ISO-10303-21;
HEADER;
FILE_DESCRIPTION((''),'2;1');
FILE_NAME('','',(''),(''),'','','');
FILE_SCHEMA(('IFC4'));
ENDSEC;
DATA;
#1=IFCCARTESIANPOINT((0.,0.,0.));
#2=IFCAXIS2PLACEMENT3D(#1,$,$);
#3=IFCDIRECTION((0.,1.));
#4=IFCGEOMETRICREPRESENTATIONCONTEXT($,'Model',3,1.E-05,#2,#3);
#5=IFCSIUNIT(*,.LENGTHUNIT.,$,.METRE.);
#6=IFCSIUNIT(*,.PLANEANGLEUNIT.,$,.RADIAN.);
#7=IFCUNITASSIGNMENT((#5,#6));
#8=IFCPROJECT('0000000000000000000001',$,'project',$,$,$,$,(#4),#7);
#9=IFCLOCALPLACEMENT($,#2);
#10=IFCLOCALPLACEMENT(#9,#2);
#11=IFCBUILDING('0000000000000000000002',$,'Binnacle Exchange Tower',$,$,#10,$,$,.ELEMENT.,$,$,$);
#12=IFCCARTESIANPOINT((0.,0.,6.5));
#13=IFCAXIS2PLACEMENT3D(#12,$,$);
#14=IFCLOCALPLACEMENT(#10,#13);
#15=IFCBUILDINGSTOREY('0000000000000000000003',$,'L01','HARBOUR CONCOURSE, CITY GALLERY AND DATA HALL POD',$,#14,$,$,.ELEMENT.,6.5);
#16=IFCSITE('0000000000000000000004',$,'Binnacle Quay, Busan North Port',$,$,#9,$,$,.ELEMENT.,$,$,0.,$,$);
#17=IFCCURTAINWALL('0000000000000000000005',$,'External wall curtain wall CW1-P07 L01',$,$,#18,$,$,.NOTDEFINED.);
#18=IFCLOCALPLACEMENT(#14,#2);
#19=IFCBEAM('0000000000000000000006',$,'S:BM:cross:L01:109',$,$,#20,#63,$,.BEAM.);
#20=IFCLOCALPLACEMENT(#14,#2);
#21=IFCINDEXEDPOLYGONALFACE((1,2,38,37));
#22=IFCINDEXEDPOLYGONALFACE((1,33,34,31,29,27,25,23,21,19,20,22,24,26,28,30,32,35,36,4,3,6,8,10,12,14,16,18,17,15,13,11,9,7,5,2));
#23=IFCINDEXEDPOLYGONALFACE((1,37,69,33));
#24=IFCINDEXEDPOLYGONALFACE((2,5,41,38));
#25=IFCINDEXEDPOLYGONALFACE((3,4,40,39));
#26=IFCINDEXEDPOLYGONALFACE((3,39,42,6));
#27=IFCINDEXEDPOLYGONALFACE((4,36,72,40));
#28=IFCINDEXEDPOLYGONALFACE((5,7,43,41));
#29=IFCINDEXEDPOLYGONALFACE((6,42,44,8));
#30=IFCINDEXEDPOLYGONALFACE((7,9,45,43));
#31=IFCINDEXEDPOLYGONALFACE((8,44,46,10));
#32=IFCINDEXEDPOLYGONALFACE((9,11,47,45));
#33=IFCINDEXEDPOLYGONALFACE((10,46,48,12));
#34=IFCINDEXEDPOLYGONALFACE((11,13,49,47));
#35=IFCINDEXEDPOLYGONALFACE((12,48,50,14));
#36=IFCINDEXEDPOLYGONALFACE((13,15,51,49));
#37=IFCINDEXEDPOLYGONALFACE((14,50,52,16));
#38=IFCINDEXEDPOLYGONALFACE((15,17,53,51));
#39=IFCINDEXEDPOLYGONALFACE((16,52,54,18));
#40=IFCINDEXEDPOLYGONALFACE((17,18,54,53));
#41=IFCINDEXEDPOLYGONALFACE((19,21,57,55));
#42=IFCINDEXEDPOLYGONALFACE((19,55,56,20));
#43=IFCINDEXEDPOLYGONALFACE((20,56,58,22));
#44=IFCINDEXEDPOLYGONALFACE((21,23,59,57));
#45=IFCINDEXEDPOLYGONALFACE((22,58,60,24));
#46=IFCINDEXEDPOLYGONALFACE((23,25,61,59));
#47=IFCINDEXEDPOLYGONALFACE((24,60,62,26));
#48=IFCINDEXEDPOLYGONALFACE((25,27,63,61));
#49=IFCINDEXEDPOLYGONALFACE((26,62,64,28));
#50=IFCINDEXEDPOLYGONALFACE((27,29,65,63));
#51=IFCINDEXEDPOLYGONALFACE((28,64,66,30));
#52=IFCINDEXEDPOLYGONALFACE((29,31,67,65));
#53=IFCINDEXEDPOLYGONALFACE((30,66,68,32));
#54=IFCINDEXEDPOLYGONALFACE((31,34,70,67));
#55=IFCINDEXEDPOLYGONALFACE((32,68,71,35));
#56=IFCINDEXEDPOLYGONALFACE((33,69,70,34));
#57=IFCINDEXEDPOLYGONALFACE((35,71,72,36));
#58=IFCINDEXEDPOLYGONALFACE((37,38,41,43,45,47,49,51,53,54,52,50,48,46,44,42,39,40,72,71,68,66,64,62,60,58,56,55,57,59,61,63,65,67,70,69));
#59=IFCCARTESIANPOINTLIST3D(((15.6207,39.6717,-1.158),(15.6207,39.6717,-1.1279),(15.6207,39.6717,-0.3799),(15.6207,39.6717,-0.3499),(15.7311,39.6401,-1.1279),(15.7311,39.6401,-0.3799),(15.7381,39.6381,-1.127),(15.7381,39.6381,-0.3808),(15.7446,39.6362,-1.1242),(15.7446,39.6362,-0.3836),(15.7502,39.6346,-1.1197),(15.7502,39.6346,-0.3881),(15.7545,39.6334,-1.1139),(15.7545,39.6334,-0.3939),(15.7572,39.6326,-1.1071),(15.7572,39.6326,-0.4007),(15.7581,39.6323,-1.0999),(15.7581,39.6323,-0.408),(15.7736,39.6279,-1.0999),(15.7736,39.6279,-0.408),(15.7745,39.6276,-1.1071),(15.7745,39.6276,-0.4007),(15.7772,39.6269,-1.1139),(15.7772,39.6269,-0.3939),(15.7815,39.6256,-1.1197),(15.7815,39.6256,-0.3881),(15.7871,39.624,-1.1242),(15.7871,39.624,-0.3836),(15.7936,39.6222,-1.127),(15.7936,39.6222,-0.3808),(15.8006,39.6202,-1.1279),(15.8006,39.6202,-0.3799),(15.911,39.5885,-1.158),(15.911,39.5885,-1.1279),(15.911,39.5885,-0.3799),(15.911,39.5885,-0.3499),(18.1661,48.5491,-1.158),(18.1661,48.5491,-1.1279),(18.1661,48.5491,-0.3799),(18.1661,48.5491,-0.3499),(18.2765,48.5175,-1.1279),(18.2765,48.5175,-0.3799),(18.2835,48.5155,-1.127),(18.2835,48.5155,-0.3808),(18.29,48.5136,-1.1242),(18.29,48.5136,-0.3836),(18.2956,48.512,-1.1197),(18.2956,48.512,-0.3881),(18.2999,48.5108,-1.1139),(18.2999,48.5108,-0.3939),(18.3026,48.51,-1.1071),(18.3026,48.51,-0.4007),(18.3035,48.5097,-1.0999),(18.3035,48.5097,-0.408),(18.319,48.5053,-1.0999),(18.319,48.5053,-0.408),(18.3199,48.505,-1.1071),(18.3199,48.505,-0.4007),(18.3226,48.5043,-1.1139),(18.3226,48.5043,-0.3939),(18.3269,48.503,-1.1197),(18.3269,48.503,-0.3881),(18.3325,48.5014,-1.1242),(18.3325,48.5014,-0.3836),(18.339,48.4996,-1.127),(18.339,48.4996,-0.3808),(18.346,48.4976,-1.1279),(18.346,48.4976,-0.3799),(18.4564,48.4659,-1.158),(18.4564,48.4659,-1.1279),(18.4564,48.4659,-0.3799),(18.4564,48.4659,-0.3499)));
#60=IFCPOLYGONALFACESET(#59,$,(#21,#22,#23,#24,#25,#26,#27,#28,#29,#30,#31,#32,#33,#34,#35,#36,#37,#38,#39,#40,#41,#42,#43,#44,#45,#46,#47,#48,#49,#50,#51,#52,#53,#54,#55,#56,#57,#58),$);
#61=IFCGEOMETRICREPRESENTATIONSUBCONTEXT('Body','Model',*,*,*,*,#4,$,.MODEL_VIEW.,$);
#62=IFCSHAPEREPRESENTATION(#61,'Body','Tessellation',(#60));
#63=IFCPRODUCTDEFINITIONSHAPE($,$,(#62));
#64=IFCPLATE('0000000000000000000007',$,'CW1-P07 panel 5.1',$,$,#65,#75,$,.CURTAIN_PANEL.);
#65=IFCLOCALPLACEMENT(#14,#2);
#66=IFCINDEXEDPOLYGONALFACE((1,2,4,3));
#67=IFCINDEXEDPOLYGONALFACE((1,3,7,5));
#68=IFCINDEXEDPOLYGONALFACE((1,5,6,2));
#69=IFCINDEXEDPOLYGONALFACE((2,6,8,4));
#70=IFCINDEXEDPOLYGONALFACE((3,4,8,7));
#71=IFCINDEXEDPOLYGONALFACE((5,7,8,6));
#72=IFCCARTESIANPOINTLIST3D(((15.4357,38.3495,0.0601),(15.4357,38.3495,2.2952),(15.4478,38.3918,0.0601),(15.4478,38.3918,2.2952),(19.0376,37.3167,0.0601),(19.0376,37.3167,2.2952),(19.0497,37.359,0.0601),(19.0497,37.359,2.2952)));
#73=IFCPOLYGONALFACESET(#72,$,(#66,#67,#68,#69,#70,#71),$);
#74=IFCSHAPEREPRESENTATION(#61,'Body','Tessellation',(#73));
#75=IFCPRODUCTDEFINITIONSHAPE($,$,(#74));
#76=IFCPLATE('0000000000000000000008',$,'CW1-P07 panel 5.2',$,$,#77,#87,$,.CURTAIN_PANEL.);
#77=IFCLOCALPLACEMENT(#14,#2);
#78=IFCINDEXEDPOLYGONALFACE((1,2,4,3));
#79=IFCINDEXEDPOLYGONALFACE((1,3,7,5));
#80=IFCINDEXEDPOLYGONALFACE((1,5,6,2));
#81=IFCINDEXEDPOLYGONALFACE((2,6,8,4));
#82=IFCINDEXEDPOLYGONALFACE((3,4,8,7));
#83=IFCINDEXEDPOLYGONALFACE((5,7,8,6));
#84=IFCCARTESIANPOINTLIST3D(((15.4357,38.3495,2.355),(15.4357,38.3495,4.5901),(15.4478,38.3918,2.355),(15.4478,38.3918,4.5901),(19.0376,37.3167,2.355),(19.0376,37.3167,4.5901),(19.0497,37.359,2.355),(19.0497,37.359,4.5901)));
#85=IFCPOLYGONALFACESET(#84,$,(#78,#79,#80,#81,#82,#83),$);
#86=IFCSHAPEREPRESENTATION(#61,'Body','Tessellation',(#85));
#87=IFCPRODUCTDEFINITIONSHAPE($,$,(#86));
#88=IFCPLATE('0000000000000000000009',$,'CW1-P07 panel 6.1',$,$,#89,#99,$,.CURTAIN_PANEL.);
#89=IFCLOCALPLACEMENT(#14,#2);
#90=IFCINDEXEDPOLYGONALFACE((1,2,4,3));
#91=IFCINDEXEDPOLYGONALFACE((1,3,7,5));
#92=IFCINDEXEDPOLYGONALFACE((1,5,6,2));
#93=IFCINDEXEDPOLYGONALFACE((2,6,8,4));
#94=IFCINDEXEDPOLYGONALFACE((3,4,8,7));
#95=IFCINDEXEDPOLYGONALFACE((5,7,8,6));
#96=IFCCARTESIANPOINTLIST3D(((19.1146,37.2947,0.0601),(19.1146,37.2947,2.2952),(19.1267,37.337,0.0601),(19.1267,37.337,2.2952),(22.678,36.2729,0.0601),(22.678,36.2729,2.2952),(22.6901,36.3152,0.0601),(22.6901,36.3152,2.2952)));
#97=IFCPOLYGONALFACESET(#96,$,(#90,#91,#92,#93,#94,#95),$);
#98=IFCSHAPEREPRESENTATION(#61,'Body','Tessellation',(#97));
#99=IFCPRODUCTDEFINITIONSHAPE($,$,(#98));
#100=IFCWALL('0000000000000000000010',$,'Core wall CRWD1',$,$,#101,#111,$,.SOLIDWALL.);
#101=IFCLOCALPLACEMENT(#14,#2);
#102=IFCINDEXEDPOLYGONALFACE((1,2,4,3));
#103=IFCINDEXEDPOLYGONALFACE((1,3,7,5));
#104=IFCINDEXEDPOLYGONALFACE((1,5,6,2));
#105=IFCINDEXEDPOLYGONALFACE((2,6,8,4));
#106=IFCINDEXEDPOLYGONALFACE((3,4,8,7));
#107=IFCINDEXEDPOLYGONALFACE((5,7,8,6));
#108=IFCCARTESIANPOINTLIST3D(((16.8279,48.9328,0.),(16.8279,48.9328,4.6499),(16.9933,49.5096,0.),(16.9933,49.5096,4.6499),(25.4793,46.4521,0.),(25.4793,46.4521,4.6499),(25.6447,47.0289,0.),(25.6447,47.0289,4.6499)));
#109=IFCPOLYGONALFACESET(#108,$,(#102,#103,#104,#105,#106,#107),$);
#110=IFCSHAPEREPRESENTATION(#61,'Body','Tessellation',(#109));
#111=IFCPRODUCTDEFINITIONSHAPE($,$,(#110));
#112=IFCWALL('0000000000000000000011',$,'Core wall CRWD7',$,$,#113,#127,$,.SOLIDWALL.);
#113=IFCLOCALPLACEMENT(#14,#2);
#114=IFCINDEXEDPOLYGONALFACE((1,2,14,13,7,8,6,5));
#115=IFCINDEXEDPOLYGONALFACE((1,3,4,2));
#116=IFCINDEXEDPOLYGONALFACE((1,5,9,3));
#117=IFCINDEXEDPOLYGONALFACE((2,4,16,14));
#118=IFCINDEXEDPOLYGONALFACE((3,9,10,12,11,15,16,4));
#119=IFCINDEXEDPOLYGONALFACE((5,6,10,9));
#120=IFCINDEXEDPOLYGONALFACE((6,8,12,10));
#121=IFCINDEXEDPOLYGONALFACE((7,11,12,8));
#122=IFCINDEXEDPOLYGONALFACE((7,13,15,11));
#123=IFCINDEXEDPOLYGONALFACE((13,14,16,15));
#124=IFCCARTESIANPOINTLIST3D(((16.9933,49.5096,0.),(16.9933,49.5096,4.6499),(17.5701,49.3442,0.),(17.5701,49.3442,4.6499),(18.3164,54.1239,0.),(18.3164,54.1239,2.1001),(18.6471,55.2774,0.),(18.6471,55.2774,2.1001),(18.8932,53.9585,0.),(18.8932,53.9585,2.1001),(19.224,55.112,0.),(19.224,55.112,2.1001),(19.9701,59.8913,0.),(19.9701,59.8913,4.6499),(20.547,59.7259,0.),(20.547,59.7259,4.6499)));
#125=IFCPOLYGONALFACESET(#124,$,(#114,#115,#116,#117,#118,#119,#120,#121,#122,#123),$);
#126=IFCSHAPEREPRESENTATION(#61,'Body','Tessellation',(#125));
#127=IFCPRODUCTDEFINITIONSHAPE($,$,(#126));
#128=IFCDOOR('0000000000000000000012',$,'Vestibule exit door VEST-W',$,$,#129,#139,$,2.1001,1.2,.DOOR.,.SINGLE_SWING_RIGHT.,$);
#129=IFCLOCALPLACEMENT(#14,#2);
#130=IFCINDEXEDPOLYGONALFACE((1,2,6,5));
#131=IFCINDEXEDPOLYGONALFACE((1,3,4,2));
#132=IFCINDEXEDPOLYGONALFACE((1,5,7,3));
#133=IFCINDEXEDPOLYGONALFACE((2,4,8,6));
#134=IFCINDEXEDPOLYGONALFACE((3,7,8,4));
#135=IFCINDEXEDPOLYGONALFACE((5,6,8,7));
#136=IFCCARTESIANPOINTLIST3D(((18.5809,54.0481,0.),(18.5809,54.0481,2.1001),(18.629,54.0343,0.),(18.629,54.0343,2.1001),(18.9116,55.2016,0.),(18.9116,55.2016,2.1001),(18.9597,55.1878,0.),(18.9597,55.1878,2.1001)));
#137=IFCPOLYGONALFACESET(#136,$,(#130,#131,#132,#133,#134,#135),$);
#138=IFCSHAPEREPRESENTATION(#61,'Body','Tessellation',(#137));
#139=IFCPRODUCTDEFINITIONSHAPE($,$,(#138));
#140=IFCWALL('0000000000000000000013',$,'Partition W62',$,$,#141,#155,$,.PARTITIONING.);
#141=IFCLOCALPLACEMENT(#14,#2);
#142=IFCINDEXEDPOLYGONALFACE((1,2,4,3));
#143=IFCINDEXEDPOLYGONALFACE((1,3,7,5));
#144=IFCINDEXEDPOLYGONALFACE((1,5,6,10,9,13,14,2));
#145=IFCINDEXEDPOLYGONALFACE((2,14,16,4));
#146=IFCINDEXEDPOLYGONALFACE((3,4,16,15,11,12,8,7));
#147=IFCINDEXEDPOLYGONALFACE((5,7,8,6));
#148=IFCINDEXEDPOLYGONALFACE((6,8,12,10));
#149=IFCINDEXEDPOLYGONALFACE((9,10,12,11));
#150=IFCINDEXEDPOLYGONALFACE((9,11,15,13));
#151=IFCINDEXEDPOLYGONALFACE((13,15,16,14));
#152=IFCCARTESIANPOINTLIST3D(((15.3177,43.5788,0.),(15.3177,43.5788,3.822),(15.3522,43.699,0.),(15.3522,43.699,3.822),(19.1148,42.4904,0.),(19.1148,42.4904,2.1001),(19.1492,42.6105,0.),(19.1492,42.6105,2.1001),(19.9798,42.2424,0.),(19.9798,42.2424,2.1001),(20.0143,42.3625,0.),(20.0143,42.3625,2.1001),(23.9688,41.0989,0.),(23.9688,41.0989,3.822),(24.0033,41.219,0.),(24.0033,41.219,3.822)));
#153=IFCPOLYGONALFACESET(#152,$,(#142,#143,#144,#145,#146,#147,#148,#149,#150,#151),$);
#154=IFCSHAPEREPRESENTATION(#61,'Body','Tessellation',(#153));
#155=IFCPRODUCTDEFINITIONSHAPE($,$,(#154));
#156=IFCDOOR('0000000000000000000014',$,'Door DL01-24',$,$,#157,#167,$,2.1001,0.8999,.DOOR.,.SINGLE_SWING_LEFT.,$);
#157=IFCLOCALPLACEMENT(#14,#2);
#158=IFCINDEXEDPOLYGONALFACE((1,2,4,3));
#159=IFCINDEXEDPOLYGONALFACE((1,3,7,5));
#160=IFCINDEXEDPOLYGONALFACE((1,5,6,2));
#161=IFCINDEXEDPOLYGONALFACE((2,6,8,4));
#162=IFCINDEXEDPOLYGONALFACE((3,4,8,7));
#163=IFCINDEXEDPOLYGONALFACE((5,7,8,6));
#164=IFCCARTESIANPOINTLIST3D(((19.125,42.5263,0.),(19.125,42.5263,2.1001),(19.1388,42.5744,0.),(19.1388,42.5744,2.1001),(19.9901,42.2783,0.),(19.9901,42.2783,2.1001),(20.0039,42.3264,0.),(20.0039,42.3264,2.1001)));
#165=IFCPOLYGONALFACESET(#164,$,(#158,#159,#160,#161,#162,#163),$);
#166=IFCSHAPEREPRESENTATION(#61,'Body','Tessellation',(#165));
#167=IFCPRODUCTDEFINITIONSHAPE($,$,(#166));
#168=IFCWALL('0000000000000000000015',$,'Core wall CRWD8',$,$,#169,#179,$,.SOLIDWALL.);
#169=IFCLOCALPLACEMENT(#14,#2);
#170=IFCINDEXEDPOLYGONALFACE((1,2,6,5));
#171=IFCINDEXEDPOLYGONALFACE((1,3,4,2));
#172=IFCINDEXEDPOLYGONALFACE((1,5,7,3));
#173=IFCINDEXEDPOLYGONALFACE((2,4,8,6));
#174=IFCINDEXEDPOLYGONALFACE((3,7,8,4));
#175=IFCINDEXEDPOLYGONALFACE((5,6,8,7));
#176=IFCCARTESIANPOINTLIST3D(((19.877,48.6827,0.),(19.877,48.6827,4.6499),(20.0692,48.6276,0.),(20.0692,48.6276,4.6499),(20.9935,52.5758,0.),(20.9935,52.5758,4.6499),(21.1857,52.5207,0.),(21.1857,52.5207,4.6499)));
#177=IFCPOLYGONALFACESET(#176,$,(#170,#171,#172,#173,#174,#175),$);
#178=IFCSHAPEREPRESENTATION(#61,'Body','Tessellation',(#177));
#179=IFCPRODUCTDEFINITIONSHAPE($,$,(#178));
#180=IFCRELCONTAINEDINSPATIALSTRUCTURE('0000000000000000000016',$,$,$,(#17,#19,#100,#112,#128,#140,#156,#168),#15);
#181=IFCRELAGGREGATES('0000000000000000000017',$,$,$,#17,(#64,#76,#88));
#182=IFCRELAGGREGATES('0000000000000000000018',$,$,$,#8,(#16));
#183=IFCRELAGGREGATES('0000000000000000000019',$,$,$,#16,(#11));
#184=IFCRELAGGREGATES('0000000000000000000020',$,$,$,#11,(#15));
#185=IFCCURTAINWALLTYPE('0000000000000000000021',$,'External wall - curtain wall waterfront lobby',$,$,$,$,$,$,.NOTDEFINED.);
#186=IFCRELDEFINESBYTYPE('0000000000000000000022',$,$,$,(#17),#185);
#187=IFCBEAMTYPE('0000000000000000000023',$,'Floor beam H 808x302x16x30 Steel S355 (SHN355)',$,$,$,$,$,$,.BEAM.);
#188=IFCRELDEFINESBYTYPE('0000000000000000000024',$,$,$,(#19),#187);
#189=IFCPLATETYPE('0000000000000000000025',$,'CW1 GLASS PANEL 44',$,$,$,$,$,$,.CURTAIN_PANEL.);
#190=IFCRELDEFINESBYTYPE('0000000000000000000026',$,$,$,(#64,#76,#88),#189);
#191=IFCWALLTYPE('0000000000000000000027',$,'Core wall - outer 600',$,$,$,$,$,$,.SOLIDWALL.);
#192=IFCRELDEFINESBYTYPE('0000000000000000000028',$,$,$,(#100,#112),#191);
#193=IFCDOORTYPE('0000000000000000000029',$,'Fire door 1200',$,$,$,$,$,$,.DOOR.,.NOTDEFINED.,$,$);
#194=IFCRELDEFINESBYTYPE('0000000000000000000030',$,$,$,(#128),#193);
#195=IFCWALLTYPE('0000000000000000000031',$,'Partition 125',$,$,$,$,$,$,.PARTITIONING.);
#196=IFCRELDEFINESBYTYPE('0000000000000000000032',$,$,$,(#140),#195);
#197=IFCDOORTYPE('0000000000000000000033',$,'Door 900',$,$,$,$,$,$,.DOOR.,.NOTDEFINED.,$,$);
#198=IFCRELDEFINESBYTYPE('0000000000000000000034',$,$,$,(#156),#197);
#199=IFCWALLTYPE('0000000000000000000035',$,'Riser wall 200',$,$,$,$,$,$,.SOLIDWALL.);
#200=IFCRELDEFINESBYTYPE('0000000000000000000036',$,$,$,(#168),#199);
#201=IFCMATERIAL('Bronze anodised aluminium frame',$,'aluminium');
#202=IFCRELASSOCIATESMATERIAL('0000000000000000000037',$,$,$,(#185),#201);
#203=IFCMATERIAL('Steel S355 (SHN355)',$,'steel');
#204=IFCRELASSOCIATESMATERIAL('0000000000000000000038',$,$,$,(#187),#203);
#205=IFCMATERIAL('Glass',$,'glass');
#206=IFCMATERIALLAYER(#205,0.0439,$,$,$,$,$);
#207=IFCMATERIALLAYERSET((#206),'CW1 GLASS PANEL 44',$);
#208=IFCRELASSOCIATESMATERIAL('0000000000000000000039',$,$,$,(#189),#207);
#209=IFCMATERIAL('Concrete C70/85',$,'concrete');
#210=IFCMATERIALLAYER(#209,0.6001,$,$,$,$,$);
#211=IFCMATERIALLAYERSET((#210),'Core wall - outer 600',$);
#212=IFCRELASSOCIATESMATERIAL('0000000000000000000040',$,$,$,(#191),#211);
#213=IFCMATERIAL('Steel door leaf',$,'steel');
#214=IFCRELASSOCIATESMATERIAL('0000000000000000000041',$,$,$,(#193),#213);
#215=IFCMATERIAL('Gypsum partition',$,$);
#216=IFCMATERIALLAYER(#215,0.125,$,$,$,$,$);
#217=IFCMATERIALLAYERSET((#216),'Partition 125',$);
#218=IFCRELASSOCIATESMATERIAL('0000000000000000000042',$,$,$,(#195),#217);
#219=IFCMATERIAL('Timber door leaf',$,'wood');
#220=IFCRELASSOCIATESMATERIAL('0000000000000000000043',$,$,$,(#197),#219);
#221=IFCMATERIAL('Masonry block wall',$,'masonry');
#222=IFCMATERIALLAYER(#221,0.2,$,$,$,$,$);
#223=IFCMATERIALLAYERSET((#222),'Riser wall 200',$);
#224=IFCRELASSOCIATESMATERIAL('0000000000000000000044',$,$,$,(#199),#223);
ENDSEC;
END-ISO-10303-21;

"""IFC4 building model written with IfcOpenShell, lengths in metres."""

from ifc_helpers import new_model, si_unit, direction, frame, frame_2d, origin, origin_2d, place, context, subcontext, project, spatial, rectangle, i_section, extrude, material, layer, layer_set, material_profile, profile_set, type_object, element, fill, aggregate, save


model = new_model("IFC4")

# Units and contexts
model_context = context("Model", 3, precision=1e-05, world=origin(), true_north=direction((0.0, 1.0)))
body_context = subcontext(model_context, "Body", "Model", "MODEL_VIEW")
ifc_project = project(units=[si_unit("LENGTHUNIT", "METRE"), si_unit("PLANEANGLEUNIT", "RADIAN")], contexts=[model_context])

# Site, building, storey
site_placement = place(None, origin())
site = spatial("IfcSite", under=ifc_project, at=site_placement, Name="Binnacle Quay, Busan North Port", CompositionType="ELEMENT", RefElevation=0.0)
building_placement = place(site_placement, origin())
building = spatial("IfcBuilding", under=site, at=building_placement, Name="Binnacle Exchange Tower", CompositionType="ELEMENT")
storey_placement = place(building_placement, frame((0.0, 0.0, 6.5)))
storey = spatial("IfcBuildingStorey", under=building, at=storey_placement, Name="L01", Description="HARBOUR CONCOURSE, CITY GALLERY AND DATA HALL POD", CompositionType="ELEMENT", Elevation=6.5)

# Shared definitions
ifc_material_1 = material(Name="Concrete C70/85", Category="concrete")

# Curtain wall
ifc_material_2 = material(Name="Bronze anodised aluminium frame", Category="aluminium")
curtain_wall_type = type_object("IfcCurtainWallType", Name="External wall - curtain wall waterfront lobby", PredefinedType="NOTDEFINED", material=ifc_material_2)
curtain_wall_placement = place(storey_placement, origin())
curtain_wall = element("IfcCurtainWall", 1, at=curtain_wall_placement, inside=storey, type_object=curtain_wall_type, Name="External wall curtain wall CW1-P07 L01", PredefinedType="NOTDEFINED")

# Beam
ifc_material_3 = material(Name="Steel S355 (SHN355)", Category="steel")
ifc_material_profile_1 = material_profile(ifc_material_3, i_section(OverallWidth=0.302, OverallDepth=0.8081, WebThickness=0.0161, FlangeThickness=0.03, FilletRadius=0.0281, at=origin_2d()), Name="H 808x302x16x30")
ifc_profile_set_1 = profile_set([ifc_material_profile_1], Name="Steel S355 (SHN355)")
beam_type_1 = type_object("IfcBeamType", Name="Floor beam H 808x302x16x30 Steel S355 (SHN355)", PredefinedType="BEAM", material=ifc_profile_set_1)
beam_1_placement = place(storey_placement, frame((15.7659, 39.6301, -0.7539), z_axis=(0.275622, 0.961266, 0.0), x_axis=(-0.961266, 0.275622, 0.0)))
element("IfcBeam", 2, at=beam_1_placement, inside=storey, type_object=beam_type_1, Name="S:BM:cross:L01:109", PredefinedType="BEAM", context=body_context, shape_type="SweptSolid", body=[
    extrude(i_section(OverallWidth=0.302, OverallDepth=0.8081, WebThickness=0.0161, FlangeThickness=0.03, FilletRadius=0.0281, at=origin_2d()), origin(), (0.0, 0.0, 1.0), 9.2351),
])

# Plates
ifc_material_4 = material(Name="Glass", Category="glass")
ifc_layer_1 = layer(ifc_material_4, 0.0439)
ifc_layer_set_1 = layer_set([ifc_layer_1], Name="CW1 GLASS PANEL 44")
plate_type = type_object("IfcPlateType", Name="CW1 GLASS PANEL 44", PredefinedType="CURTAIN_PANEL", material=ifc_layer_set_1)
plate_1_placement = place(storey_placement, frame((17.2427, 37.8542, 0.0601), z_axis=(0.0, 0.0, 1.0), x_axis=(0.961262, -0.275637, 0.0)))
plate_1 = element("IfcPlate", 3, at=plate_1_placement, type_object=plate_type, Name="CW1-P07 panel 5.1", PredefinedType="CURTAIN_PANEL", context=body_context, shape_type="SweptSolid", body=[
    extrude(rectangle(XDim=3.7471, YDim=0.0439, at=origin_2d()), origin(), (0.0, 0.0, 1.0), 2.2351),
])
plate_2_placement = place(storey_placement, frame((17.2427, 37.8542, 2.355), z_axis=(0.0, 0.0, 1.0), x_axis=(0.961262, -0.275637, 0.0)))
plate_2 = element("IfcPlate", 4, at=plate_2_placement, type_object=plate_type, Name="CW1-P07 panel 5.2", PredefinedType="CURTAIN_PANEL", context=body_context, shape_type="SweptSolid", body=[
    extrude(rectangle(XDim=3.7471, YDim=0.0439, at=origin_2d()), origin(), (0.0, 0.0, 1.0), 2.2351),
])
plate_3_placement = place(storey_placement, frame((20.9023, 36.8049, 0.0601), z_axis=(0.0, 0.0, 1.0), x_axis=(0.961262, -0.275637, 0.0)))
plate_3 = element("IfcPlate", 5, at=plate_3_placement, type_object=plate_type, Name="CW1-P07 panel 6.1", PredefinedType="CURTAIN_PANEL", context=body_context, shape_type="SweptSolid", body=[
    extrude(rectangle(XDim=3.707, YDim=0.0439, at=origin_2d()), origin(), (0.0, 0.0, 1.0), 2.2351),
])
aggregate(curtain_wall, [plate_1, plate_2, plate_3])

# Wall
ifc_layer_2 = layer(ifc_material_1, 0.6001)
ifc_layer_set_2 = layer_set([ifc_layer_2], Name="Core wall - outer 600")
wall_type_1 = type_object("IfcWallType", Name="Core wall - outer 600", PredefinedType="SOLIDWALL", material=ifc_layer_set_2)
wall_1_placement = place(storey_placement, frame((16.9106, 49.2212, 0.0), z_axis=(0.0, 0.0, 1.0), x_axis=(0.961262, -0.275635, 0.0)))
element("IfcWall", 6, at=wall_1_placement, inside=storey, type_object=wall_type_1, Name="Core wall CRWD1", PredefinedType="SOLIDWALL", context=body_context, shape_type="SweptSolid", body=[
    extrude(rectangle(XDim=9.0, YDim=0.6001, at=frame_2d((4.5, 0.0))), origin(), (0.0, 0.0, 1.0), 4.6499),
])

# Walls, openings, doors
wall_2_placement = place(storey_placement, frame((17.2817, 49.427, 0.0), z_axis=(0.0, 0.0, 1.0), x_axis=(0.275632, 0.961263, 0.0)))
wall_2 = element("IfcWall", 7, at=wall_2_placement, inside=storey, type_object=wall_type_1, Name="Core wall CRWD7", PredefinedType="SOLIDWALL", context=body_context, shape_type="SweptSolid", body=[
    extrude(rectangle(XDim=10.8, YDim=0.6001, at=frame_2d((5.3999, 0.0))), origin(), (0.0, 0.0, 1.0), 4.6499),
])
opening_1_placement = place(wall_2_placement, frame((4.8, 0.0, 0.0)))
opening_1 = element("IfcOpeningElement", 8, at=opening_1_placement, cuts=wall_2, PredefinedType="OPENING", context=body_context, shape_type="SweptSolid", body=[
    extrude(rectangle(XDim=1.2, YDim=2.1001, at=frame_2d((0.6001, 1.05))), frame((0.0, 0.3101, 0.0), z_axis=(0.0, -1.0, 0.0), x_axis=(1.0, 0.0, 0.0)), (0.0, 0.0, 1.0), 0.6201),
])
ifc_material_5 = material(Name="Steel door leaf", Category="steel")
door_type_1 = type_object("IfcDoorType", Name="Fire door 1200", OperationType="NOTDEFINED", PredefinedType="DOOR", material=ifc_material_5)
door_1_placement = place(opening_1_placement, origin())
door_1 = element("IfcDoor", 9, at=door_1_placement, inside=storey, type_object=door_type_1, Name="Vestibule exit door VEST-W", OperationType="SINGLE_SWING_RIGHT", OverallHeight=2.1001, OverallWidth=1.2, PredefinedType="DOOR", context=body_context, shape_type="SweptSolid", body=[
    extrude(rectangle(XDim=1.2, YDim=2.1001, at=frame_2d((0.6001, 1.05))), frame((0.0, 0.0249, 0.0), z_axis=(0.0, -1.0, 0.0), x_axis=(1.0, 0.0, 0.0)), (0.0, 0.0, 1.0), 0.05),
])
fill(opening_1, door_1)
ifc_material_6 = material(Name="Gypsum partition")
ifc_layer_3 = layer(ifc_material_6, 0.125)
ifc_layer_set_3 = layer_set([ifc_layer_3], Name="Partition 125")
wall_type_2 = type_object("IfcWallType", Name="Partition 125", PredefinedType="PARTITIONING", material=ifc_layer_set_3)
wall_3_placement = place(storey_placement, frame((15.335, 43.6389, 0.0), z_axis=(0.0, 0.0, 1.0), x_axis=(0.961282, -0.275567, 0.0)))
wall_3 = element("IfcWall", 10, at=wall_3_placement, inside=storey, type_object=wall_type_2, Name="Partition W62", PredefinedType="PARTITIONING", context=body_context, shape_type="SweptSolid", body=[
    extrude(rectangle(XDim=8.9995, YDim=0.125, at=frame_2d((4.4998, 0.0))), origin(), (0.0, 0.0, 1.0), 3.822),
])
opening_2_placement = place(wall_3_placement, frame((3.95, 0.0, 0.0)))
opening_2 = element("IfcOpeningElement", 11, at=opening_2_placement, cuts=wall_3, PredefinedType="OPENING", context=body_context, shape_type="SweptSolid", body=[
    extrude(rectangle(XDim=0.8999, YDim=2.1001, at=frame_2d((0.45, 1.05))), frame((0.0, 0.0725, 0.0), z_axis=(0.0, -1.0, 0.0), x_axis=(1.0, 0.0, 0.0)), (0.0, 0.0, 1.0), 0.145),
])
ifc_material_7 = material(Name="Timber door leaf", Category="wood")
door_type_2 = type_object("IfcDoorType", Name="Door 900", OperationType="NOTDEFINED", PredefinedType="DOOR", material=ifc_material_7)
door_2_placement = place(opening_2_placement, origin())
door_2 = element("IfcDoor", 12, at=door_2_placement, inside=storey, type_object=door_type_2, Name="Door DL01-24", OperationType="SINGLE_SWING_LEFT", OverallHeight=2.1001, OverallWidth=0.8999, PredefinedType="DOOR", context=body_context, shape_type="SweptSolid", body=[
    extrude(rectangle(XDim=0.8999, YDim=2.1001, at=frame_2d((0.45, 1.05))), frame((0.0, 0.0249, 0.0), z_axis=(0.0, -1.0, 0.0), x_axis=(1.0, 0.0, 0.0)), (0.0, 0.0, 1.0), 0.05),
])
fill(opening_2, door_2)

# Wall
ifc_material_8 = material(Name="Masonry block wall", Category="masonry")
ifc_layer_4 = layer(ifc_material_8, 0.2)
ifc_layer_set_4 = layer_set([ifc_layer_4], Name="Riser wall 200")
wall_type_3 = type_object("IfcWallType", Name="Riser wall 200", PredefinedType="SOLIDWALL", material=ifc_layer_set_4)
wall_4_placement = place(storey_placement, frame((19.9731, 48.6553, 0.0), z_axis=(0.0, 0.0, 1.0), x_axis=(0.275668, 0.961253, 0.0)))
element("IfcWall", 13, at=wall_4_placement, inside=storey, type_object=wall_type_3, Name="Core wall CRWD8", PredefinedType="SOLIDWALL", context=body_context, shape_type="SweptSolid", body=[
    extrude(rectangle(XDim=4.05, YDim=0.2, at=frame_2d((2.0249, 0.0))), origin(), (0.0, 0.0, 1.0), 4.6499),
])

save(model, "model.ifc")
